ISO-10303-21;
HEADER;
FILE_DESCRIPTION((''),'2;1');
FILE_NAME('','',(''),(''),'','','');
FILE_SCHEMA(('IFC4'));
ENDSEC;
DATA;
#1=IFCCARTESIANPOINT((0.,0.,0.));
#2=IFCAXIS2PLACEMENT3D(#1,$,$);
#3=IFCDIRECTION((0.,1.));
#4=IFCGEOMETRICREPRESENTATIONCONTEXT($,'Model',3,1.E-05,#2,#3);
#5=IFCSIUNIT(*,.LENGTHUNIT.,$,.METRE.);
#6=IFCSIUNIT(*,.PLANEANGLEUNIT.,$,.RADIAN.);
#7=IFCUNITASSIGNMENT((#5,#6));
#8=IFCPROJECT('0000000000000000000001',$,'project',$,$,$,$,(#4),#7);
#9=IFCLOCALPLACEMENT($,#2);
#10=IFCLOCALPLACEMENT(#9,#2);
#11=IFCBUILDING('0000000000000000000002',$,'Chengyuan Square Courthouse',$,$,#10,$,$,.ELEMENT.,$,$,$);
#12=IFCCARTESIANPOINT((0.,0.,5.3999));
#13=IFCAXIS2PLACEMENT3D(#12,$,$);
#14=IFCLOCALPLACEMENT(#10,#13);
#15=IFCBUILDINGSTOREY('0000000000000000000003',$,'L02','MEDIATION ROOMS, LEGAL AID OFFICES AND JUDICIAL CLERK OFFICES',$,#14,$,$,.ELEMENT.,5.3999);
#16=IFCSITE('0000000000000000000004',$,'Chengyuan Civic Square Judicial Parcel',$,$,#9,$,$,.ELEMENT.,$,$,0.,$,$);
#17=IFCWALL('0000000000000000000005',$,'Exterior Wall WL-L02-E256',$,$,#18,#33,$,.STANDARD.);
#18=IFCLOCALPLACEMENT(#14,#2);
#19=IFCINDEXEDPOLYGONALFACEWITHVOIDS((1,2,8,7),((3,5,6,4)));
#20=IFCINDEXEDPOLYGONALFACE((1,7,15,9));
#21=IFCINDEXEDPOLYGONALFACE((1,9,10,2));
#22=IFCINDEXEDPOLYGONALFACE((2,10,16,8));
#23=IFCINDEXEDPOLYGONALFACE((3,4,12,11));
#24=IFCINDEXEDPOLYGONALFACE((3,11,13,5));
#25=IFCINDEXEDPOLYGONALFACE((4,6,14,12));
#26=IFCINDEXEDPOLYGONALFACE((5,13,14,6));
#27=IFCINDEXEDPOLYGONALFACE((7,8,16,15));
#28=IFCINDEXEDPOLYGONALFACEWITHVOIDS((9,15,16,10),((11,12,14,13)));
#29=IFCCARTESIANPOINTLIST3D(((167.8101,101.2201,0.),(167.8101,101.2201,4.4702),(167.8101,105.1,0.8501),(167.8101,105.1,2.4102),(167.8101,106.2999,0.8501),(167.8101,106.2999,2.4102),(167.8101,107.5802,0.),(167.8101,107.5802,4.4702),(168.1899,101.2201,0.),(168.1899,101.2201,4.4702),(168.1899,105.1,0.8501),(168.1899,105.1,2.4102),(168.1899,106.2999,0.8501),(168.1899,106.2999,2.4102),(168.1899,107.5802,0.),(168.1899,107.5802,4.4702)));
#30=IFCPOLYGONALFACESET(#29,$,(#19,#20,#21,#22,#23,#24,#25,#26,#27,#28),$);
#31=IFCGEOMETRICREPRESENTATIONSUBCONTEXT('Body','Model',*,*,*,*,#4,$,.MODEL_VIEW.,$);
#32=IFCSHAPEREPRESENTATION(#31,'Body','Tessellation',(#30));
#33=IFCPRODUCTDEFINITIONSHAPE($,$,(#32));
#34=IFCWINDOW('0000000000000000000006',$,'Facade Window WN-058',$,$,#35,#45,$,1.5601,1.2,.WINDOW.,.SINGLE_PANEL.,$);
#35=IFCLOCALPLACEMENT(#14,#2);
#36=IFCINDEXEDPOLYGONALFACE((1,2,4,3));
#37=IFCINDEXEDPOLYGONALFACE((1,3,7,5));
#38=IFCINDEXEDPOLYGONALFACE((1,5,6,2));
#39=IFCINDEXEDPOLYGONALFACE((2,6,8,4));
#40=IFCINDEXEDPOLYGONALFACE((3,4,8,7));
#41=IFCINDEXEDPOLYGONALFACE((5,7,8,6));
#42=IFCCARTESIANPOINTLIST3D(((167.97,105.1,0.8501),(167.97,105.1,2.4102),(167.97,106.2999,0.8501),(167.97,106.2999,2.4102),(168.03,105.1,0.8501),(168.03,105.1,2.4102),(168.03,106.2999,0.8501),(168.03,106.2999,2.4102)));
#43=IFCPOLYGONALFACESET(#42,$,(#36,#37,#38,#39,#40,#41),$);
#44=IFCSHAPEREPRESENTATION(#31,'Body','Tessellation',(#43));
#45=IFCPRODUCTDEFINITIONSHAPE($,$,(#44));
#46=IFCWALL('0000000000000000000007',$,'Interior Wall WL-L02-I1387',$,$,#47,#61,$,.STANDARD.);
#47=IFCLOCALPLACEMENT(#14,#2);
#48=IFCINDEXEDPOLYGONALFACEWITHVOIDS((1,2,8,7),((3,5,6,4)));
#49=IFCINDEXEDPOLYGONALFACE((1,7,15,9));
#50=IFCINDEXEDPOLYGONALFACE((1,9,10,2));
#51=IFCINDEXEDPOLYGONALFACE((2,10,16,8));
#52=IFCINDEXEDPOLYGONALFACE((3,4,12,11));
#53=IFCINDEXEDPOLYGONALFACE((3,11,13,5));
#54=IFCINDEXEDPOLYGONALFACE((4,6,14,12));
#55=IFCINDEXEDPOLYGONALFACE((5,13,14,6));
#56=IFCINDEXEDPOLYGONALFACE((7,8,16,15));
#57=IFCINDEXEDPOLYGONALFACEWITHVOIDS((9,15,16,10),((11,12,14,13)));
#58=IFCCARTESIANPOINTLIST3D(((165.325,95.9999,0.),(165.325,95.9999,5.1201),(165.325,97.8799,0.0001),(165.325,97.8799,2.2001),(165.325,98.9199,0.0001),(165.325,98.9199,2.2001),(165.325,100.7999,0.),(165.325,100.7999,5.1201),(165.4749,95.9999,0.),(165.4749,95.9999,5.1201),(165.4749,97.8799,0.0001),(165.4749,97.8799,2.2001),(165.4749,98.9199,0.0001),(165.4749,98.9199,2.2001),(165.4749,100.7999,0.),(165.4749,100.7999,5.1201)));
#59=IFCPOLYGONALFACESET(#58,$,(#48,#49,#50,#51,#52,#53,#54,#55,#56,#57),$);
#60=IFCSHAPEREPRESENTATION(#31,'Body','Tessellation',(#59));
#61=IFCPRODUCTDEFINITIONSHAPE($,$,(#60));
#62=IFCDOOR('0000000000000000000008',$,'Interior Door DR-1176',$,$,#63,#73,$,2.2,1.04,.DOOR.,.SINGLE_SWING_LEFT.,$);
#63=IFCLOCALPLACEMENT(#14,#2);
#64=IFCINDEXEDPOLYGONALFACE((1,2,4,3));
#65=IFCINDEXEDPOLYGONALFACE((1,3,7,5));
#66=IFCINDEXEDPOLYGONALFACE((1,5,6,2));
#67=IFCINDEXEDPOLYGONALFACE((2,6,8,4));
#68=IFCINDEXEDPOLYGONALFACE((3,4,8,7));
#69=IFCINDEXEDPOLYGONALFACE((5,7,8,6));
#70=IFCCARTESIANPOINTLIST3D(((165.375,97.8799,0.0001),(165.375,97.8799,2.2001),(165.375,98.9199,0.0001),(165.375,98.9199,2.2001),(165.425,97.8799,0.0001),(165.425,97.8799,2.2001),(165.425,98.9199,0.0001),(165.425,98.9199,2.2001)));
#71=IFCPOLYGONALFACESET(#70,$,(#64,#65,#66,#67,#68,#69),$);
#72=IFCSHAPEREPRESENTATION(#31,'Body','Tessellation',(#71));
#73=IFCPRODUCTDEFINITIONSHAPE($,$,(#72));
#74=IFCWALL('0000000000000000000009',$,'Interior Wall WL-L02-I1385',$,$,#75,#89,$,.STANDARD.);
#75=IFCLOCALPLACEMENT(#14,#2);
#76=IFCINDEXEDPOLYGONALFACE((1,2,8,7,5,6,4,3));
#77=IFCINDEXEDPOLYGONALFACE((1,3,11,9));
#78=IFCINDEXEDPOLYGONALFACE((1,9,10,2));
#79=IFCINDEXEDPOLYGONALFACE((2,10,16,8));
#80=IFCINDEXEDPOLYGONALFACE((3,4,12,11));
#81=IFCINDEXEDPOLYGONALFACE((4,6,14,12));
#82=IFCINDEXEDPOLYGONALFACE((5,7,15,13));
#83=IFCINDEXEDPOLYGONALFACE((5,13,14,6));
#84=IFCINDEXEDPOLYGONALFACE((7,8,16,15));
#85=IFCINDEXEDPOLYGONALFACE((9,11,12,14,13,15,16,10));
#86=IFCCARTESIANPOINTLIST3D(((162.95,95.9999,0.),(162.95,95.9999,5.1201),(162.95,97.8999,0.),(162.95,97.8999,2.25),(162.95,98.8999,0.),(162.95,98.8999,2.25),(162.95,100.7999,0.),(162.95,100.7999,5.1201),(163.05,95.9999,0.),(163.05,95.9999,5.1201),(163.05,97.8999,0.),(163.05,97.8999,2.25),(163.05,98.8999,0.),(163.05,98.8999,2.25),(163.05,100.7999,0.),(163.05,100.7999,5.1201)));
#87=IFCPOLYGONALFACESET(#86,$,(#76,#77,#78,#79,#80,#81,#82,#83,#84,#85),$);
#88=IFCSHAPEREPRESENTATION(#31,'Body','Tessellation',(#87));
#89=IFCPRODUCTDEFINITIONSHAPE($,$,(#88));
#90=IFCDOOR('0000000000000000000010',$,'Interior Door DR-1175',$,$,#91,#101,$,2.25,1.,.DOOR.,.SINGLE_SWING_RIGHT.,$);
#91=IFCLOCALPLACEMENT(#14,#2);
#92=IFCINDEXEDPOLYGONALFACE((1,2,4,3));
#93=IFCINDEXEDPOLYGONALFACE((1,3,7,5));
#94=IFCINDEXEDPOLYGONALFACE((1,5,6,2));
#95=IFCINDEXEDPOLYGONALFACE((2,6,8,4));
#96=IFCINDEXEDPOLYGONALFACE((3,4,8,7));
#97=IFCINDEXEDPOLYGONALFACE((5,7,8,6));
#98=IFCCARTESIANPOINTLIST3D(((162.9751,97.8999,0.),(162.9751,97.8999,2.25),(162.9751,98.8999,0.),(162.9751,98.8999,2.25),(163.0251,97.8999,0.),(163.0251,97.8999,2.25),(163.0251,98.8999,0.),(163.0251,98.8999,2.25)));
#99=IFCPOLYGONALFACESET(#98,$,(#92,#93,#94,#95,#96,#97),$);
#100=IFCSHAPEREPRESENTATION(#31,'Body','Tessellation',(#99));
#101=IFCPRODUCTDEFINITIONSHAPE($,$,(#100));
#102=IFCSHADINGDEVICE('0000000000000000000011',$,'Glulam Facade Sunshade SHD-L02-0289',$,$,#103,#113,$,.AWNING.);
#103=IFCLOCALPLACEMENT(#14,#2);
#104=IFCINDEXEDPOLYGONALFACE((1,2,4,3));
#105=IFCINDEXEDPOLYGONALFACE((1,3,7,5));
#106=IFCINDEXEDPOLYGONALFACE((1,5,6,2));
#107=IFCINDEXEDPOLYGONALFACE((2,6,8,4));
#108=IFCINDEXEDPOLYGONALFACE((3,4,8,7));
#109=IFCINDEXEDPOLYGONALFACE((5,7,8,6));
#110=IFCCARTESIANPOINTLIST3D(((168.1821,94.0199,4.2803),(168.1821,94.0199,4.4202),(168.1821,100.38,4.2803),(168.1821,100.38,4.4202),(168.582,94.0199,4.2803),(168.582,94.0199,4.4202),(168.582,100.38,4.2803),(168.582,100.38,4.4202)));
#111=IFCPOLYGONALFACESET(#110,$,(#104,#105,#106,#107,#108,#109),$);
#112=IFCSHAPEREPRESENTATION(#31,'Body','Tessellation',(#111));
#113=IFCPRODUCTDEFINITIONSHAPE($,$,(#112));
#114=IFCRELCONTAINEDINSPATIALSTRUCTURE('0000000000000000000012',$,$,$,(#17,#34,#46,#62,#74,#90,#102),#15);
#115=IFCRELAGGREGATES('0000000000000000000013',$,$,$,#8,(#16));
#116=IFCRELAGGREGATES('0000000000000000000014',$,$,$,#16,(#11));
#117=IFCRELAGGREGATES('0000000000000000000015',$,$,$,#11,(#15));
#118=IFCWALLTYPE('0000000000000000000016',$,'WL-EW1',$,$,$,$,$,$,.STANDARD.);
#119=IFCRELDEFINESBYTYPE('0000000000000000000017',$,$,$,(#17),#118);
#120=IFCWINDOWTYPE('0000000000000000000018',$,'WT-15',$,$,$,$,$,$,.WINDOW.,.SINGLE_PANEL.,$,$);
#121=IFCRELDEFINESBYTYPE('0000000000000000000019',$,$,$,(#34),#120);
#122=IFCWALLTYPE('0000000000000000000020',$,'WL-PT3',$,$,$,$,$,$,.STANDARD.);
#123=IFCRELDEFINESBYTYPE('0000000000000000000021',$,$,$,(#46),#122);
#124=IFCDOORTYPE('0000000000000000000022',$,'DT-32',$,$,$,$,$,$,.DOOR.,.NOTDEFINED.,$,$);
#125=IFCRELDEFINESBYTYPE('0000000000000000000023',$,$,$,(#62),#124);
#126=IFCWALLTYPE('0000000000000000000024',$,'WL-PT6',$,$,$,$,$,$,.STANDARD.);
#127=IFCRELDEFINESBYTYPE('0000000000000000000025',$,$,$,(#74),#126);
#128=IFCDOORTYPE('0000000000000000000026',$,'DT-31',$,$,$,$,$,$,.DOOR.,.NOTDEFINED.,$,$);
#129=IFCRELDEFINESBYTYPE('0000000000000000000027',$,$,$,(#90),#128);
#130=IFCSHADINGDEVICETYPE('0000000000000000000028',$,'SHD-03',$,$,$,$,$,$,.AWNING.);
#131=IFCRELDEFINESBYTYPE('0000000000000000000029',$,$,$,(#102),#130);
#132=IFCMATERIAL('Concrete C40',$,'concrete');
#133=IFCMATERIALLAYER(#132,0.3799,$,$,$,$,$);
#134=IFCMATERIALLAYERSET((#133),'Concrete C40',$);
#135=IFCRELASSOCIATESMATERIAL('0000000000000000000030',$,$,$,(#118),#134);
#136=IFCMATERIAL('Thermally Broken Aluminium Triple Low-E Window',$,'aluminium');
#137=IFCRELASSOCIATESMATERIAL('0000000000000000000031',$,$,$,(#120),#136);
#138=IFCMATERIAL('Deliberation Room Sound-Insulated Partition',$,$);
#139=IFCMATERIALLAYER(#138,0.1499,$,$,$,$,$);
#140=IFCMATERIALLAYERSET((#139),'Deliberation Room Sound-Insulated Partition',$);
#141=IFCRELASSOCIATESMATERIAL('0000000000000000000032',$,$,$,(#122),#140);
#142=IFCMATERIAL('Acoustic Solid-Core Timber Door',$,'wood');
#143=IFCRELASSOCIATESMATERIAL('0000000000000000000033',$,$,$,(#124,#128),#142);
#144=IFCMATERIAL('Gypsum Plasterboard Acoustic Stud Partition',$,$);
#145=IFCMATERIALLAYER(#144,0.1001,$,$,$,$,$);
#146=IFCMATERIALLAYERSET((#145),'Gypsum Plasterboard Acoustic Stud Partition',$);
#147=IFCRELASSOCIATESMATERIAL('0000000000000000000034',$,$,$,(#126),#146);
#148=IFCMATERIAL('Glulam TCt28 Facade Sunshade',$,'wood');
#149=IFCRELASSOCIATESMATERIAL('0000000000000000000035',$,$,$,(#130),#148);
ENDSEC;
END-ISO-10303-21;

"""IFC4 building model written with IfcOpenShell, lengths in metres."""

from ifc_helpers import new_model, si_unit, direction, frame, frame_2d, origin, origin_2d, place, context, subcontext, project, spatial, rectangle, extrude, material, layer, layer_set, type_object, element, fill, save


model = new_model("IFC4")

# Units and contexts
model_context = context("Model", 3, precision=1e-05, world=origin(), true_north=direction((0.0, 1.0)))
body_context = subcontext(model_context, "Body", "Model", "MODEL_VIEW")
ifc_project = project(units=[si_unit("LENGTHUNIT", "METRE"), si_unit("PLANEANGLEUNIT", "RADIAN")], contexts=[model_context])

# Site, building, storey
site_placement = place(None, origin())
site = spatial("IfcSite", under=ifc_project, at=site_placement, Name="Chengyuan Civic Square Judicial Parcel", CompositionType="ELEMENT", RefElevation=0.0)
building_placement = place(site_placement, origin())
building = spatial("IfcBuilding", under=site, at=building_placement, Name="Chengyuan Square Courthouse", CompositionType="ELEMENT")
storey_placement = place(building_placement, frame((0.0, 0.0, 5.3999)))
storey = spatial("IfcBuildingStorey", under=building, at=storey_placement, Name="L02", Description="MEDIATION ROOMS, LEGAL AID OFFICES AND JUDICIAL CLERK OFFICES", CompositionType="ELEMENT", Elevation=5.3999)

# Shared definitions
ifc_material_1 = material(Name="Concrete C40", Category="concrete")

# Wall, opening, window
ifc_layer_1 = layer(ifc_material_1, 0.3799)
ifc_layer_set_1 = layer_set([ifc_layer_1], Name="Concrete C40")
wall_type_1 = type_object("IfcWallType", Name="WL-EW1", PredefinedType="STANDARD", material=ifc_layer_set_1)
ifc_material_2 = material(Name="Thermally Broken Aluminium Triple Low-E Window", Category="aluminium")
wall_1_placement = place(storey_placement, frame((168.0, 101.22, 0.0), z_axis=(0.0, 0.0, 1.0), x_axis=(0.0, 1.0, 0.0)))
wall_1 = element("IfcWall", 1, at=wall_1_placement, inside=storey, type_object=wall_type_1, Name="Exterior Wall WL-L02-E256", PredefinedType="STANDARD", context=body_context, shape_type="SweptSolid", body=[
    extrude(rectangle(XDim=6.3601, YDim=0.3799, at=frame_2d((3.1802, 0.0))), origin(), (0.0, 0.0, 1.0), 4.4702),
])
opening_1_placement = place(wall_1_placement, frame((3.8799, 0.0, 0.8501)))
opening_1 = element("IfcOpeningElement", 2, at=opening_1_placement, cuts=wall_1, PredefinedType="OPENING", context=body_context, shape_type="SweptSolid", body=[
    extrude(rectangle(XDim=1.2, YDim=1.5601, at=frame_2d((0.6001, 0.78))), frame((0.0, 0.2019, 0.0), z_axis=(0.0, -1.0, 0.0), x_axis=(1.0, 0.0, 0.0)), (0.0, 0.0, 1.0), 0.4038),
])
window_type_1 = type_object("IfcWindowType", Name="WT-15", PartitioningType="SINGLE_PANEL", PredefinedType="WINDOW", material=ifc_material_2)
window_1_placement = place(opening_1_placement, origin())
window_1 = element("IfcWindow", 3, at=window_1_placement, inside=storey, type_object=window_type_1, Name="Facade Window WN-058", OverallHeight=1.5601, OverallWidth=1.2, PartitioningType="SINGLE_PANEL", PredefinedType="WINDOW", context=body_context, shape_type="SweptSolid", body=[
    extrude(rectangle(XDim=1.2, YDim=1.5601, at=frame_2d((0.6001, 0.78))), frame((0.0, 0.03, 0.0), z_axis=(0.0, -1.0, 0.0), x_axis=(1.0, 0.0, 0.0)), (0.0, 0.0, 1.0), 0.0601),
])
fill(opening_1, window_1)

# Wall, opening, door
ifc_material_3 = material(Name="Deliberation Room Sound-Insulated Partition")
ifc_layer_2 = layer(ifc_material_3, 0.1499)
ifc_layer_set_2 = layer_set([ifc_layer_2], Name="Deliberation Room Sound-Insulated Partition")
wall_type_2 = type_object("IfcWallType", Name="WL-PT3", PredefinedType="STANDARD", material=ifc_layer_set_2)
ifc_material_4 = material(Name="Acoustic Solid-Core Timber Door", Category="wood")
wall_2_placement = place(storey_placement, frame((165.3999, 96.0, 0.0), z_axis=(0.0, 0.0, 1.0), x_axis=(0.0, 1.0, 0.0)))
wall_2 = element("IfcWall", 4, at=wall_2_placement, inside=storey, type_object=wall_type_2, Name="Interior Wall WL-L02-I1387", PredefinedType="STANDARD", context=body_context, shape_type="SweptSolid", body=[
    extrude(rectangle(XDim=4.8, YDim=0.1499, at=frame_2d((2.3999, 0.0))), origin(), (0.0, 0.0, 1.0), 5.1201),
])
opening_2_placement = place(wall_2_placement, frame((1.8799, 0.0, 0.0)))
opening_2 = element("IfcOpeningElement", 5, at=opening_2_placement, cuts=wall_2, PredefinedType="OPENING", context=body_context, shape_type="SweptSolid", body=[
    extrude(rectangle(XDim=1.04, YDim=2.2, at=frame_2d((0.52, 1.1001))), frame((0.0, 0.0869, 0.0), z_axis=(0.0, -1.0, 0.0), x_axis=(1.0, 0.0, 0.0)), (0.0, 0.0, 1.0), 0.1738),
])
door_type_1 = type_object("IfcDoorType", Name="DT-32", OperationType="NOTDEFINED", PredefinedType="DOOR", material=ifc_material_4)
door_1_placement = place(opening_2_placement, origin())
door_1 = element("IfcDoor", 6, at=door_1_placement, inside=storey, type_object=door_type_1, Name="Interior Door DR-1176", OperationType="SINGLE_SWING_LEFT", OverallHeight=2.2, OverallWidth=1.04, PredefinedType="DOOR", context=body_context, shape_type="SweptSolid", body=[
    extrude(rectangle(XDim=1.04, YDim=2.2, at=frame_2d((0.52, 1.1001))), frame((0.0, 0.0249, 0.0), z_axis=(0.0, -1.0, 0.0), x_axis=(1.0, 0.0, 0.0)), (0.0, 0.0, 1.0), 0.05),
])
fill(opening_2, door_1)

# Shared definitions
ifc_material_5 = material(Name="Gypsum Plasterboard Acoustic Stud Partition")
ifc_layer_3 = layer(ifc_material_5, 0.1001)
ifc_layer_set_3 = layer_set([ifc_layer_3], Name="Gypsum Plasterboard Acoustic Stud Partition")
wall_type_3 = type_object("IfcWallType", Name="WL-PT6", PredefinedType="STANDARD", material=ifc_layer_set_3)

# Wall, opening, door
wall_3_placement = place(storey_placement, frame((163.0, 96.0, 0.0), z_axis=(0.0, 0.0, 1.0), x_axis=(0.0, 1.0, 0.0)))
wall_3 = element("IfcWall", 7, at=wall_3_placement, inside=storey, type_object=wall_type_3, Name="Interior Wall WL-L02-I1385", PredefinedType="STANDARD", context=body_context, shape_type="SweptSolid", body=[
    extrude(rectangle(XDim=4.8, YDim=0.1001, at=frame_2d((2.3999, 0.0))), origin(), (0.0, 0.0, 1.0), 5.1201),
])
opening_3_placement = place(wall_3_placement, frame((1.8999, 0.0, 0.0)))
opening_3 = element("IfcOpeningElement", 8, at=opening_3_placement, cuts=wall_3, PredefinedType="OPENING", context=body_context, shape_type="SweptSolid", body=[
    extrude(rectangle(XDim=1.0, YDim=2.25, at=frame_2d((0.5, 1.125))), frame((0.0, 0.062, 0.0), z_axis=(0.0, -1.0, 0.0), x_axis=(1.0, 0.0, 0.0)), (0.0, 0.0, 1.0), 0.124),
])
door_type_2 = type_object("IfcDoorType", Name="DT-31", OperationType="NOTDEFINED", PredefinedType="DOOR", material=ifc_material_4)
door_2_placement = place(opening_3_placement, origin())
door_2 = element("IfcDoor", 9, at=door_2_placement, inside=storey, type_object=door_type_2, Name="Interior Door DR-1175", OperationType="SINGLE_SWING_RIGHT", OverallHeight=2.25, OverallWidth=1.0, PredefinedType="DOOR", context=body_context, shape_type="SweptSolid", body=[
    extrude(rectangle(XDim=1.0, YDim=2.25, at=frame_2d((0.5, 1.125))), frame((0.0, 0.0249, 0.0), z_axis=(0.0, -1.0, 0.0), x_axis=(1.0, 0.0, 0.0)), (0.0, 0.0, 1.0), 0.05),
])
fill(opening_3, door_2)

# Shading device
ifc_material_6 = material(Name="Glulam TCt28 Facade Sunshade", Category="wood")
shading_device_type = type_object("IfcShadingDeviceType", Name="SHD-03", PredefinedType="AWNING", material=ifc_material_6)
shading_device_placement = place(storey_placement, frame((168.3821, 97.2, 4.2803), z_axis=(0.0, 0.0, 1.0), x_axis=(0.0, 1.0, 0.0)))
element("IfcShadingDevice", 10, at=shading_device_placement, inside=storey, type_object=shading_device_type, Name="Glulam Facade Sunshade SHD-L02-0289", PredefinedType="AWNING", context=body_context, shape_type="SweptSolid", body=[
    extrude(rectangle(XDim=6.3601, YDim=0.3999, at=origin_2d()), origin(), (0.0, 0.0, 1.0), 0.1399),
])

save(model, "model.ifc")
